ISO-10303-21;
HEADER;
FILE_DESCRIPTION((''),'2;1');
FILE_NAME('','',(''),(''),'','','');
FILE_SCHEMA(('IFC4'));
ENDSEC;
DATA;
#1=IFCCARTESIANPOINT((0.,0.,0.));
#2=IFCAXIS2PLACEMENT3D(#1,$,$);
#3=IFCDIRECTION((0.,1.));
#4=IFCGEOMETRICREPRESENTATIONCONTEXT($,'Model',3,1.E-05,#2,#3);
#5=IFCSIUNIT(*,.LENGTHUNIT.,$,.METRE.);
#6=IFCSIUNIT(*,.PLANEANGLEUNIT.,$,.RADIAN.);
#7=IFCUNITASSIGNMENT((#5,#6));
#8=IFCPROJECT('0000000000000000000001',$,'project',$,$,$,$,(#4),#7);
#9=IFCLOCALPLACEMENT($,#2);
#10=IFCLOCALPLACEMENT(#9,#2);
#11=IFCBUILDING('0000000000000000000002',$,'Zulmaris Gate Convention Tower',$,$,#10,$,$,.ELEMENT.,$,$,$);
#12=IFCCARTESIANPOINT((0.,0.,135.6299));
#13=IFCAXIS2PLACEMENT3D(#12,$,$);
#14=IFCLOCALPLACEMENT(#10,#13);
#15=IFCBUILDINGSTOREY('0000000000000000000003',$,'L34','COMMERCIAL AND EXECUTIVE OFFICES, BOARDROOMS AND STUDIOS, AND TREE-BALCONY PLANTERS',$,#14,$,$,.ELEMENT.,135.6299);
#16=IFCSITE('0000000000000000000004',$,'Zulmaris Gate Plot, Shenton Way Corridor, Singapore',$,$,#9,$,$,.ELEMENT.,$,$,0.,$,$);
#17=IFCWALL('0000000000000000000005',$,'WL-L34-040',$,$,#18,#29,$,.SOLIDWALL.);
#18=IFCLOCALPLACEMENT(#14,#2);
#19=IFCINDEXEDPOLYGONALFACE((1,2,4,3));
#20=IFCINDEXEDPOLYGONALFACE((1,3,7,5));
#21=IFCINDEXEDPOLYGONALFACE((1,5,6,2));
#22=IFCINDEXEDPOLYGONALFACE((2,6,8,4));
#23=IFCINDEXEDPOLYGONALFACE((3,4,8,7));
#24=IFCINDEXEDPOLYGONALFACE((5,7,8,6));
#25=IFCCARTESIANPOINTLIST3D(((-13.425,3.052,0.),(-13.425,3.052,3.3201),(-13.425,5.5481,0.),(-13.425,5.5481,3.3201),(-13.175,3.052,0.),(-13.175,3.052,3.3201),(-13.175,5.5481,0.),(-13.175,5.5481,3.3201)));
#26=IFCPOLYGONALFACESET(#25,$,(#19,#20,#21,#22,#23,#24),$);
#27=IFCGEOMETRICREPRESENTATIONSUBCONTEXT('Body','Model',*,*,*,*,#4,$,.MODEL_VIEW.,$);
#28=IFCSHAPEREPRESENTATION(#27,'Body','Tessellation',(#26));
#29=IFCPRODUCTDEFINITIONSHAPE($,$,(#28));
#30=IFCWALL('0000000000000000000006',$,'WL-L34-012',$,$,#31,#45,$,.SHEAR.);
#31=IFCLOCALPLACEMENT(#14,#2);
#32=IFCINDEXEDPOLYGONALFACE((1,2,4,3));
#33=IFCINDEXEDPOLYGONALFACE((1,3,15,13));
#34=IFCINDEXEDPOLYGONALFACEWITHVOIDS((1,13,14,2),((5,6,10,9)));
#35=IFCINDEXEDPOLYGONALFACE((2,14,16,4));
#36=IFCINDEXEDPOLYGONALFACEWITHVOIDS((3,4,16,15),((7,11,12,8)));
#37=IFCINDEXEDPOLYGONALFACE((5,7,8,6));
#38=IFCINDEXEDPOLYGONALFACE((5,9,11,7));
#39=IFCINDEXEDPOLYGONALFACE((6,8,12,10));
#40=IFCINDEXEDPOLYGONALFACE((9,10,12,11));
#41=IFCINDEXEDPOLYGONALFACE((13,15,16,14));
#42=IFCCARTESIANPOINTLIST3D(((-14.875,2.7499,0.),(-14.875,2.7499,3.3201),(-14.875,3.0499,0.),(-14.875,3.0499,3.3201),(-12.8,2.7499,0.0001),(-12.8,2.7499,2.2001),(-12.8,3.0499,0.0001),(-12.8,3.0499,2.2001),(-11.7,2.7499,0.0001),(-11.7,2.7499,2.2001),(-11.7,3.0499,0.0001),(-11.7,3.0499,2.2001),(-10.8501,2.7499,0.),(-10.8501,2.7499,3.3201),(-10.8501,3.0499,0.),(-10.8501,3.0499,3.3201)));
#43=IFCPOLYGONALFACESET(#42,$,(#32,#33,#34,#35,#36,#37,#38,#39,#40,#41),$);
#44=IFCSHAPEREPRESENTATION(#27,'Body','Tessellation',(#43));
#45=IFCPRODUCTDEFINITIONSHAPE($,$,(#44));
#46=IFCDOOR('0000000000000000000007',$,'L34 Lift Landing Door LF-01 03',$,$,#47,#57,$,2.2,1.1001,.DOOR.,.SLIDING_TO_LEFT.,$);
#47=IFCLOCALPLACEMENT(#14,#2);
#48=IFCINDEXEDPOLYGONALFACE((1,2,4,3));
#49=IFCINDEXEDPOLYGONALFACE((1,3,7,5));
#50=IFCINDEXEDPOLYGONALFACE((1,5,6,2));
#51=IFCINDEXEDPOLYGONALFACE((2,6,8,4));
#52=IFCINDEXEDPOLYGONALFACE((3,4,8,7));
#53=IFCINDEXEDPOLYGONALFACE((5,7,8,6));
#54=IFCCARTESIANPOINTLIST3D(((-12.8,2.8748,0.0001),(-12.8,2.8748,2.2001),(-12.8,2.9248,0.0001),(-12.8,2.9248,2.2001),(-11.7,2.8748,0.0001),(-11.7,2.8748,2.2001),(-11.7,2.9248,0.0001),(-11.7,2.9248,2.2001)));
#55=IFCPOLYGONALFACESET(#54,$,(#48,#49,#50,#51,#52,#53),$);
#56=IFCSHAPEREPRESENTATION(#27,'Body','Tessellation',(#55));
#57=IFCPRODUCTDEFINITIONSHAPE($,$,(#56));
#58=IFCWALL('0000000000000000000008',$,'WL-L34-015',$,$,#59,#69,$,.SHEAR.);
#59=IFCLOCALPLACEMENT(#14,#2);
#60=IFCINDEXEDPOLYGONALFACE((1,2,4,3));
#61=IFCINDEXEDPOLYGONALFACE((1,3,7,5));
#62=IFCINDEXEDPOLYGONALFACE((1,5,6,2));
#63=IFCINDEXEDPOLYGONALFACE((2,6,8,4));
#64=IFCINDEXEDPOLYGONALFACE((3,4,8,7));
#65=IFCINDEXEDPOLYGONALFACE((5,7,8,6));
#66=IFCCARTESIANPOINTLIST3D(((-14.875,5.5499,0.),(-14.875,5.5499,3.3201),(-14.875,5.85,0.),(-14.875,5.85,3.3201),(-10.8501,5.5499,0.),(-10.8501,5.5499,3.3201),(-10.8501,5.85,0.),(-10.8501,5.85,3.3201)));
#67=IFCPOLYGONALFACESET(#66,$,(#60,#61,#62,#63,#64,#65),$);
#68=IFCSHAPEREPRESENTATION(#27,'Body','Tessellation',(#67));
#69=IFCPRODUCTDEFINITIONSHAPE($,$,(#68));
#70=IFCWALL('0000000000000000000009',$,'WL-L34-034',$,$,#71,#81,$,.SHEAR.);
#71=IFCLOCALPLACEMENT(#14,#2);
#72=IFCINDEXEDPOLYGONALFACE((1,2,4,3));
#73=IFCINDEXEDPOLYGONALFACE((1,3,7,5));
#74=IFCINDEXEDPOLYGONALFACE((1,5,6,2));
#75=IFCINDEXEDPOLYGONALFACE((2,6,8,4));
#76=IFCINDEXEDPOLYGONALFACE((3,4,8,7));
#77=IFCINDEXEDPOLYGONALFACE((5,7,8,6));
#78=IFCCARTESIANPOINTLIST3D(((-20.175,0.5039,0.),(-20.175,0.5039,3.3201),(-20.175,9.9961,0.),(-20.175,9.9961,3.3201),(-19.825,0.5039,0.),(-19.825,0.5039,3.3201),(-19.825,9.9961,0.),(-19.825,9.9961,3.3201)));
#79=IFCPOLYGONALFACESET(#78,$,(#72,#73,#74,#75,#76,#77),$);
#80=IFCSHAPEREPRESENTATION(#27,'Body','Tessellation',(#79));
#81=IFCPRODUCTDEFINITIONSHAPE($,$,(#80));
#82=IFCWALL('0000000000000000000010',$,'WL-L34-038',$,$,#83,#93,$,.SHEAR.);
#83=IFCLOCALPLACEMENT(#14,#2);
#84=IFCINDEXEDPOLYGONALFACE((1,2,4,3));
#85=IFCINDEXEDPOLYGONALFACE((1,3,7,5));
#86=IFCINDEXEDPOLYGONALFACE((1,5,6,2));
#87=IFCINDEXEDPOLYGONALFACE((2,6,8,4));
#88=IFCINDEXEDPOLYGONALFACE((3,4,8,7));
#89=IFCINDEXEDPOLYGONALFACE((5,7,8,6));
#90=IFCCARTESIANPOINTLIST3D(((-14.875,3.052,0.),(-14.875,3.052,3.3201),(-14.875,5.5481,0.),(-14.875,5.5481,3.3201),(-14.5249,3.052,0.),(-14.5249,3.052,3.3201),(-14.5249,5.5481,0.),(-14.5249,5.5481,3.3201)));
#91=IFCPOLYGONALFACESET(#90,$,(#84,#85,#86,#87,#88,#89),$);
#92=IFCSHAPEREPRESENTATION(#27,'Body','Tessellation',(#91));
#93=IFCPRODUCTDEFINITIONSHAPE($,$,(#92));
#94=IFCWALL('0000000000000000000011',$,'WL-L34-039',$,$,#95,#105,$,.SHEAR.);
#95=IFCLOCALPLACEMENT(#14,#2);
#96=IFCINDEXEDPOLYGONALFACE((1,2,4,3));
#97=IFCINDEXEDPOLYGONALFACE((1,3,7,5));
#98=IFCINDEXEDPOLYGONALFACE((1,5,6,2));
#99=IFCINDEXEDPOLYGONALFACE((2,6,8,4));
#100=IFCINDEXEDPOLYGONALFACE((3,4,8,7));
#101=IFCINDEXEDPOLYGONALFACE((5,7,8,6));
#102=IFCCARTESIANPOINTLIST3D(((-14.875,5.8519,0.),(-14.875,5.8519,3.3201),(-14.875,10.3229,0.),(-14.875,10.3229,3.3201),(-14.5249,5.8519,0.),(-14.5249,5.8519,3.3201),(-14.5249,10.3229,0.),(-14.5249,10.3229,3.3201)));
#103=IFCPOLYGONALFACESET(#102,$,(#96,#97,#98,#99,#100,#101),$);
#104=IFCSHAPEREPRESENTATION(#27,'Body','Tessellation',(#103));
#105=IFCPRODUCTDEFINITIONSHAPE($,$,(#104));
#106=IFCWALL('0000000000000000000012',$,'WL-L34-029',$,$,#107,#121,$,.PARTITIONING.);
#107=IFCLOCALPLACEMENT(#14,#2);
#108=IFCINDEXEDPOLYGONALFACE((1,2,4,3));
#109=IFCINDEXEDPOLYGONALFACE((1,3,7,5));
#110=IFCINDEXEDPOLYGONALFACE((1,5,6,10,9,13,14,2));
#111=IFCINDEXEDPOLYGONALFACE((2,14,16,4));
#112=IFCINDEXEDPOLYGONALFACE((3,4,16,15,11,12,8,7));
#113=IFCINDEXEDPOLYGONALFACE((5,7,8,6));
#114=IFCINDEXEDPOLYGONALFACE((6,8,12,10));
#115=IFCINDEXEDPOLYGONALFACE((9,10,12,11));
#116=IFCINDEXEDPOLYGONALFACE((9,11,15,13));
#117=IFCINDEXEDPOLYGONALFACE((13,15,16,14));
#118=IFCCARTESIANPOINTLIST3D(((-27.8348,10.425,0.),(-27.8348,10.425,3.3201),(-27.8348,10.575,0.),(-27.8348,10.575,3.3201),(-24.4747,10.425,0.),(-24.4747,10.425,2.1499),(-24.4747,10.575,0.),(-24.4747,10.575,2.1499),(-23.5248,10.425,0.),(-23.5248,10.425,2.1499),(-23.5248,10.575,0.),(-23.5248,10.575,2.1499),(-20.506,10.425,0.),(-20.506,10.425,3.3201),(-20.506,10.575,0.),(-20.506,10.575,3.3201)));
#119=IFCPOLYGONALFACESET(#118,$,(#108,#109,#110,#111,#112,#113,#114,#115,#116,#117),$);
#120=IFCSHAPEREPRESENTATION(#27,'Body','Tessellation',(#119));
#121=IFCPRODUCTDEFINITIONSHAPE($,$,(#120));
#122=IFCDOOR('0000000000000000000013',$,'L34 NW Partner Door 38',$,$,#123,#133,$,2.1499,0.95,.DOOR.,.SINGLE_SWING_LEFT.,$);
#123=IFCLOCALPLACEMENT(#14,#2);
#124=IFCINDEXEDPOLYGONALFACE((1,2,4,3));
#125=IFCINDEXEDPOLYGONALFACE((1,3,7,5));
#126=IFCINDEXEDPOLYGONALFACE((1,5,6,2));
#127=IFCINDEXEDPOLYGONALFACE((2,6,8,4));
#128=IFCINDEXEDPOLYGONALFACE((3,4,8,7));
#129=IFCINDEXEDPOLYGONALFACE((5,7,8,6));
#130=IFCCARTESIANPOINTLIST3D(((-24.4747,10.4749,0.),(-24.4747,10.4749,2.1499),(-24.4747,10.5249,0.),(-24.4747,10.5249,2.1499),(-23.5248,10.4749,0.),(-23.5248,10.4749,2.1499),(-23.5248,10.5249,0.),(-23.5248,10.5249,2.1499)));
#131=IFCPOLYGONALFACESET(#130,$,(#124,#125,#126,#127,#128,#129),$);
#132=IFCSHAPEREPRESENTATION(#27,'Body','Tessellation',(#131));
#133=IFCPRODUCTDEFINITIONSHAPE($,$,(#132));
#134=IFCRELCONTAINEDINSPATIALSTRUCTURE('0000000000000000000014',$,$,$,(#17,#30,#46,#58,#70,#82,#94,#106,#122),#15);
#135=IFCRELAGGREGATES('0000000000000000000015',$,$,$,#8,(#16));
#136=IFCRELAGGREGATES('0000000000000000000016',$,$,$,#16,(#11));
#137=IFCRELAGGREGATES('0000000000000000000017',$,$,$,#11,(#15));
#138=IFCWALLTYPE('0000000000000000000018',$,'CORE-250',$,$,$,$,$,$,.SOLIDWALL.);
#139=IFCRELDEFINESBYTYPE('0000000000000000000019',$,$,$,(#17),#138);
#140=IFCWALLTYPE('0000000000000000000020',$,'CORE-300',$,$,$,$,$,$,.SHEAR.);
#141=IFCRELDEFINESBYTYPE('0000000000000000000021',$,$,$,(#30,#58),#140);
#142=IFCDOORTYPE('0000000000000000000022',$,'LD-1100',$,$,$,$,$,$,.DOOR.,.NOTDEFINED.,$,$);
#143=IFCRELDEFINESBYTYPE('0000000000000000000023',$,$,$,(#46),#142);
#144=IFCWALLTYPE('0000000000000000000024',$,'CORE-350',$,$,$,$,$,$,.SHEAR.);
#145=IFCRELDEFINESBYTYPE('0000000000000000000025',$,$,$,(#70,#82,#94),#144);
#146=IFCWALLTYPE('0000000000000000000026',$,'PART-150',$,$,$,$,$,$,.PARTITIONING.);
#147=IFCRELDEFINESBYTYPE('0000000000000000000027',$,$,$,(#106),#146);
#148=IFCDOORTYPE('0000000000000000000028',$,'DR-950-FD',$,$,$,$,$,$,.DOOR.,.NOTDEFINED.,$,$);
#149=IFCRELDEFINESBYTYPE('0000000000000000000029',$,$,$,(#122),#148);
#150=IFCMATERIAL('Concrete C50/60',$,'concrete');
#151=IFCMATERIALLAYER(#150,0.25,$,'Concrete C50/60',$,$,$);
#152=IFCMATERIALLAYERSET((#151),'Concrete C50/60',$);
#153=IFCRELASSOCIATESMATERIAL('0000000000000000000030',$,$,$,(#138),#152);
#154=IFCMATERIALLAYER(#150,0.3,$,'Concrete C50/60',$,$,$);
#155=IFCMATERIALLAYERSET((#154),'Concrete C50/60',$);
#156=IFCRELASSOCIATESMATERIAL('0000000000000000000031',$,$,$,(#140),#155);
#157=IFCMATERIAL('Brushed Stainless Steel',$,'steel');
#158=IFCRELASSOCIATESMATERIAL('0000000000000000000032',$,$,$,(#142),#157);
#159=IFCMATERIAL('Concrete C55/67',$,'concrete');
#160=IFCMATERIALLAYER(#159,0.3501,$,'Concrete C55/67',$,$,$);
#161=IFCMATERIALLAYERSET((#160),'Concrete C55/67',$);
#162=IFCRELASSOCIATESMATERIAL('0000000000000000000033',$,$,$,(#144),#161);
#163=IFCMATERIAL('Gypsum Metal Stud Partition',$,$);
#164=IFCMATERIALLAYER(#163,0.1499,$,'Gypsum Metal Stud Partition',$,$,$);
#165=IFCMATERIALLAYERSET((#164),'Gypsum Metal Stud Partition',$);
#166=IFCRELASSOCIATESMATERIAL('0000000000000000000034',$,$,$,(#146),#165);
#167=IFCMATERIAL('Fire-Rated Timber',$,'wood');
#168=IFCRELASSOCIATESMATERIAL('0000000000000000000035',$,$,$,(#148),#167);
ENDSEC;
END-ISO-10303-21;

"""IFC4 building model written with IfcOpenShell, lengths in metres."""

from ifc_helpers import new_model, si_unit, direction, frame, frame_2d, origin, place, context, subcontext, project, spatial, rectangle, extrude, material, layer, layer_set, type_object, element, fill, save


model = new_model("IFC4")

# Units and contexts
model_context = context("Model", 3, precision=1e-05, world=origin(), true_north=direction((0.0, 1.0)))
body_context = subcontext(model_context, "Body", "Model", "MODEL_VIEW")
ifc_project = project(units=[si_unit("LENGTHUNIT", "METRE"), si_unit("PLANEANGLEUNIT", "RADIAN")], contexts=[model_context])

# Site, building, storey
site_placement = place(None, origin())
site = spatial("IfcSite", under=ifc_project, at=site_placement, Name="Zulmaris Gate Plot, Shenton Way Corridor, Singapore", CompositionType="ELEMENT", RefElevation=0.0)
building_placement = place(site_placement, origin())
building = spatial("IfcBuilding", under=site, at=building_placement, Name="Zulmaris Gate Convention Tower", CompositionType="ELEMENT")
storey_placement = place(building_placement, frame((0.0, 0.0, 135.6299)))
storey = spatial("IfcBuildingStorey", under=building, at=storey_placement, Name="L34", Description="COMMERCIAL AND EXECUTIVE OFFICES, BOARDROOMS AND STUDIOS, AND TREE-BALCONY PLANTERS", CompositionType="ELEMENT", Elevation=135.6299)

# Wall
ifc_material_1 = material(Name="Concrete C50/60", Category="concrete")
ifc_layer_1 = layer(ifc_material_1, 0.25, Name="Concrete C50/60")
ifc_layer_set_1 = layer_set([ifc_layer_1], Name="Concrete C50/60")
wall_type_1 = type_object("IfcWallType", Name="CORE-250", PredefinedType="SOLIDWALL", material=ifc_layer_set_1)
wall_1_placement = place(storey_placement, frame((-13.3, 3.052, 0.0), z_axis=(0.0, 0.0, 1.0), x_axis=(0.0, 1.0, 0.0)))
element("IfcWall", 1, at=wall_1_placement, inside=storey, type_object=wall_type_1, Name="WL-L34-040", PredefinedType="SOLIDWALL", context=body_context, shape_type="SweptSolid", body=[
    extrude(rectangle(XDim=2.4961, YDim=0.25, at=frame_2d((1.248, 0.0))), origin(), (0.0, 0.0, 1.0), 3.3201),
])

# Wall, opening, door
ifc_layer_2 = layer(ifc_material_1, 0.3, Name="Concrete C50/60")
ifc_layer_set_2 = layer_set([ifc_layer_2], Name="Concrete C50/60")
wall_type_2 = type_object("IfcWallType", Name="CORE-300", PredefinedType="SHEAR", material=ifc_layer_set_2)
wall_2_placement = place(storey_placement, frame((-14.875, 2.8999, 0.0), z_axis=(0.0, 0.0, 1.0), x_axis=(1.0, 0.0, 0.0)))
wall_2 = element("IfcWall", 2, at=wall_2_placement, inside=storey, type_object=wall_type_2, Name="WL-L34-012", PredefinedType="SHEAR", context=body_context, shape_type="SweptSolid", body=[
    extrude(rectangle(XDim=4.0249, YDim=0.3, at=frame_2d((2.0125, 0.0))), origin(), (0.0, 0.0, 1.0), 3.3201),
])
opening_1_placement = place(wall_2_placement, frame((2.075, 0.0, 0.0)))
opening_1 = element("IfcOpeningElement", 3, at=opening_1_placement, cuts=wall_2, PredefinedType="OPENING", context=body_context, shape_type="SweptSolid", body=[
    extrude(rectangle(XDim=1.1001, YDim=2.2, at=frame_2d((0.55, 1.1001))), frame((0.0, 0.1602, 0.0), z_axis=(0.0, -1.0, 0.0), x_axis=(1.0, 0.0, 0.0)), (0.0, 0.0, 1.0), 0.3201),
])
ifc_material_2 = material(Name="Brushed Stainless Steel", Category="steel")
door_type_1 = type_object("IfcDoorType", Name="LD-1100", OperationType="NOTDEFINED", PredefinedType="DOOR", material=ifc_material_2)
door_1_placement = place(opening_1_placement, origin())
door_1 = element("IfcDoor", 4, at=door_1_placement, inside=storey, type_object=door_type_1, Name="L34 Lift Landing Door LF-01 03", OperationType="SLIDING_TO_LEFT", OverallHeight=2.2, OverallWidth=1.1001, PredefinedType="DOOR", context=body_context, shape_type="SweptSolid", body=[
    extrude(rectangle(XDim=1.1001, YDim=2.2, at=frame_2d((0.55, 1.1001))), frame((0.0, 0.0249, 0.0), z_axis=(0.0, -1.0, 0.0), x_axis=(1.0, 0.0, 0.0)), (0.0, 0.0, 1.0), 0.05),
])
fill(opening_1, door_1)

# Walls
wall_3_placement = place(storey_placement, frame((-14.875, 5.7, 0.0), z_axis=(0.0, 0.0, 1.0), x_axis=(1.0, 0.0, 0.0)))
element("IfcWall", 5, at=wall_3_placement, inside=storey, type_object=wall_type_2, Name="WL-L34-015", PredefinedType="SHEAR", context=body_context, shape_type="SweptSolid", body=[
    extrude(rectangle(XDim=4.0249, YDim=0.3, at=frame_2d((2.0125, 0.0))), origin(), (0.0, 0.0, 1.0), 3.3201),
])
ifc_material_3 = material(Name="Concrete C55/67", Category="concrete")
ifc_layer_3 = layer(ifc_material_3, 0.3501, Name="Concrete C55/67")
ifc_layer_set_3 = layer_set([ifc_layer_3], Name="Concrete C55/67")
wall_type_3 = type_object("IfcWallType", Name="CORE-350", PredefinedType="SHEAR", material=ifc_layer_set_3)
wall_4_placement = place(storey_placement, frame((-20.0, 0.5039, 0.0), z_axis=(0.0, 0.0, 1.0), x_axis=(0.0, 1.0, 0.0)))
element("IfcWall", 6, at=wall_4_placement, inside=storey, type_object=wall_type_3, Name="WL-L34-034", PredefinedType="SHEAR", context=body_context, shape_type="SweptSolid", body=[
    extrude(rectangle(XDim=9.4922, YDim=0.3501, at=frame_2d((4.7461, 0.0))), origin(), (0.0, 0.0, 1.0), 3.3201),
])
wall_5_placement = place(storey_placement, frame((-14.7, 3.052, 0.0), z_axis=(0.0, 0.0, 1.0), x_axis=(0.0, 1.0, 0.0)))
element("IfcWall", 7, at=wall_5_placement, inside=storey, type_object=wall_type_3, Name="WL-L34-038", PredefinedType="SHEAR", context=body_context, shape_type="SweptSolid", body=[
    extrude(rectangle(XDim=2.4961, YDim=0.3501, at=frame_2d((1.248, 0.0))), origin(), (0.0, 0.0, 1.0), 3.3201),
])
wall_6_placement = place(storey_placement, frame((-14.7, 5.8521, 0.0), z_axis=(0.0, 0.0, 1.0), x_axis=(0.0, 1.0, 0.0)))
element("IfcWall", 8, at=wall_6_placement, inside=storey, type_object=wall_type_3, Name="WL-L34-039", PredefinedType="SHEAR", context=body_context, shape_type="SweptSolid", body=[
    extrude(rectangle(XDim=4.4709, YDim=0.3501, at=frame_2d((2.2354, 0.0))), origin(), (0.0, 0.0, 1.0), 3.3201),
])

# Wall, opening, door
ifc_material_4 = material(Name="Gypsum Metal Stud Partition")
ifc_layer_4 = layer(ifc_material_4, 0.1499, Name="Gypsum Metal Stud Partition")
ifc_layer_set_4 = layer_set([ifc_layer_4], Name="Gypsum Metal Stud Partition")
wall_type_4 = type_object("IfcWallType", Name="PART-150", PredefinedType="PARTITIONING", material=ifc_layer_set_4)
wall_7_placement = place(storey_placement, frame((-27.835, 10.5, 0.0), z_axis=(0.0, 0.0, 1.0), x_axis=(1.0, 0.0, 0.0)))
wall_7 = element("IfcWall", 9, at=wall_7_placement, inside=storey, type_object=wall_type_4, Name="WL-L34-029", PredefinedType="PARTITIONING", context=body_context, shape_type="SweptSolid", body=[
    extrude(rectangle(XDim=7.3289, YDim=0.1499, at=frame_2d((3.6646, 0.0))), origin(), (0.0, 0.0, 1.0), 3.3201),
])
opening_2_placement = place(wall_7_placement, frame((3.3601, 0.0, 0.0)))
opening_2 = element("IfcOpeningElement", 10, at=opening_2_placement, cuts=wall_7, PredefinedType="OPENING", context=body_context, shape_type="SweptSolid", body=[
    extrude(rectangle(XDim=0.95, YDim=2.1499, at=frame_2d((0.4751, 1.075))), frame((0.0, 0.085, 0.0), z_axis=(0.0, -1.0, 0.0), x_axis=(1.0, 0.0, 0.0)), (0.0, 0.0, 1.0), 0.1699),
])
ifc_material_5 = material(Name="Fire-Rated Timber", Category="wood")
door_type_2 = type_object("IfcDoorType", Name="DR-950-FD", OperationType="NOTDEFINED", PredefinedType="DOOR", material=ifc_material_5)
door_2_placement = place(opening_2_placement, origin())
door_2 = element("IfcDoor", 11, at=door_2_placement, inside=storey, type_object=door_type_2, Name="L34 NW Partner Door 38", OperationType="SINGLE_SWING_LEFT", OverallHeight=2.1499, OverallWidth=0.95, PredefinedType="DOOR", context=body_context, shape_type="SweptSolid", body=[
    extrude(rectangle(XDim=0.95, YDim=2.1499, at=frame_2d((0.4751, 1.075))), frame((0.0, 0.0249, 0.0), z_axis=(0.0, -1.0, 0.0), x_axis=(1.0, 0.0, 0.0)), (0.0, 0.0, 1.0), 0.05),
])
fill(opening_2, door_2)

save(model, "model.ifc")
